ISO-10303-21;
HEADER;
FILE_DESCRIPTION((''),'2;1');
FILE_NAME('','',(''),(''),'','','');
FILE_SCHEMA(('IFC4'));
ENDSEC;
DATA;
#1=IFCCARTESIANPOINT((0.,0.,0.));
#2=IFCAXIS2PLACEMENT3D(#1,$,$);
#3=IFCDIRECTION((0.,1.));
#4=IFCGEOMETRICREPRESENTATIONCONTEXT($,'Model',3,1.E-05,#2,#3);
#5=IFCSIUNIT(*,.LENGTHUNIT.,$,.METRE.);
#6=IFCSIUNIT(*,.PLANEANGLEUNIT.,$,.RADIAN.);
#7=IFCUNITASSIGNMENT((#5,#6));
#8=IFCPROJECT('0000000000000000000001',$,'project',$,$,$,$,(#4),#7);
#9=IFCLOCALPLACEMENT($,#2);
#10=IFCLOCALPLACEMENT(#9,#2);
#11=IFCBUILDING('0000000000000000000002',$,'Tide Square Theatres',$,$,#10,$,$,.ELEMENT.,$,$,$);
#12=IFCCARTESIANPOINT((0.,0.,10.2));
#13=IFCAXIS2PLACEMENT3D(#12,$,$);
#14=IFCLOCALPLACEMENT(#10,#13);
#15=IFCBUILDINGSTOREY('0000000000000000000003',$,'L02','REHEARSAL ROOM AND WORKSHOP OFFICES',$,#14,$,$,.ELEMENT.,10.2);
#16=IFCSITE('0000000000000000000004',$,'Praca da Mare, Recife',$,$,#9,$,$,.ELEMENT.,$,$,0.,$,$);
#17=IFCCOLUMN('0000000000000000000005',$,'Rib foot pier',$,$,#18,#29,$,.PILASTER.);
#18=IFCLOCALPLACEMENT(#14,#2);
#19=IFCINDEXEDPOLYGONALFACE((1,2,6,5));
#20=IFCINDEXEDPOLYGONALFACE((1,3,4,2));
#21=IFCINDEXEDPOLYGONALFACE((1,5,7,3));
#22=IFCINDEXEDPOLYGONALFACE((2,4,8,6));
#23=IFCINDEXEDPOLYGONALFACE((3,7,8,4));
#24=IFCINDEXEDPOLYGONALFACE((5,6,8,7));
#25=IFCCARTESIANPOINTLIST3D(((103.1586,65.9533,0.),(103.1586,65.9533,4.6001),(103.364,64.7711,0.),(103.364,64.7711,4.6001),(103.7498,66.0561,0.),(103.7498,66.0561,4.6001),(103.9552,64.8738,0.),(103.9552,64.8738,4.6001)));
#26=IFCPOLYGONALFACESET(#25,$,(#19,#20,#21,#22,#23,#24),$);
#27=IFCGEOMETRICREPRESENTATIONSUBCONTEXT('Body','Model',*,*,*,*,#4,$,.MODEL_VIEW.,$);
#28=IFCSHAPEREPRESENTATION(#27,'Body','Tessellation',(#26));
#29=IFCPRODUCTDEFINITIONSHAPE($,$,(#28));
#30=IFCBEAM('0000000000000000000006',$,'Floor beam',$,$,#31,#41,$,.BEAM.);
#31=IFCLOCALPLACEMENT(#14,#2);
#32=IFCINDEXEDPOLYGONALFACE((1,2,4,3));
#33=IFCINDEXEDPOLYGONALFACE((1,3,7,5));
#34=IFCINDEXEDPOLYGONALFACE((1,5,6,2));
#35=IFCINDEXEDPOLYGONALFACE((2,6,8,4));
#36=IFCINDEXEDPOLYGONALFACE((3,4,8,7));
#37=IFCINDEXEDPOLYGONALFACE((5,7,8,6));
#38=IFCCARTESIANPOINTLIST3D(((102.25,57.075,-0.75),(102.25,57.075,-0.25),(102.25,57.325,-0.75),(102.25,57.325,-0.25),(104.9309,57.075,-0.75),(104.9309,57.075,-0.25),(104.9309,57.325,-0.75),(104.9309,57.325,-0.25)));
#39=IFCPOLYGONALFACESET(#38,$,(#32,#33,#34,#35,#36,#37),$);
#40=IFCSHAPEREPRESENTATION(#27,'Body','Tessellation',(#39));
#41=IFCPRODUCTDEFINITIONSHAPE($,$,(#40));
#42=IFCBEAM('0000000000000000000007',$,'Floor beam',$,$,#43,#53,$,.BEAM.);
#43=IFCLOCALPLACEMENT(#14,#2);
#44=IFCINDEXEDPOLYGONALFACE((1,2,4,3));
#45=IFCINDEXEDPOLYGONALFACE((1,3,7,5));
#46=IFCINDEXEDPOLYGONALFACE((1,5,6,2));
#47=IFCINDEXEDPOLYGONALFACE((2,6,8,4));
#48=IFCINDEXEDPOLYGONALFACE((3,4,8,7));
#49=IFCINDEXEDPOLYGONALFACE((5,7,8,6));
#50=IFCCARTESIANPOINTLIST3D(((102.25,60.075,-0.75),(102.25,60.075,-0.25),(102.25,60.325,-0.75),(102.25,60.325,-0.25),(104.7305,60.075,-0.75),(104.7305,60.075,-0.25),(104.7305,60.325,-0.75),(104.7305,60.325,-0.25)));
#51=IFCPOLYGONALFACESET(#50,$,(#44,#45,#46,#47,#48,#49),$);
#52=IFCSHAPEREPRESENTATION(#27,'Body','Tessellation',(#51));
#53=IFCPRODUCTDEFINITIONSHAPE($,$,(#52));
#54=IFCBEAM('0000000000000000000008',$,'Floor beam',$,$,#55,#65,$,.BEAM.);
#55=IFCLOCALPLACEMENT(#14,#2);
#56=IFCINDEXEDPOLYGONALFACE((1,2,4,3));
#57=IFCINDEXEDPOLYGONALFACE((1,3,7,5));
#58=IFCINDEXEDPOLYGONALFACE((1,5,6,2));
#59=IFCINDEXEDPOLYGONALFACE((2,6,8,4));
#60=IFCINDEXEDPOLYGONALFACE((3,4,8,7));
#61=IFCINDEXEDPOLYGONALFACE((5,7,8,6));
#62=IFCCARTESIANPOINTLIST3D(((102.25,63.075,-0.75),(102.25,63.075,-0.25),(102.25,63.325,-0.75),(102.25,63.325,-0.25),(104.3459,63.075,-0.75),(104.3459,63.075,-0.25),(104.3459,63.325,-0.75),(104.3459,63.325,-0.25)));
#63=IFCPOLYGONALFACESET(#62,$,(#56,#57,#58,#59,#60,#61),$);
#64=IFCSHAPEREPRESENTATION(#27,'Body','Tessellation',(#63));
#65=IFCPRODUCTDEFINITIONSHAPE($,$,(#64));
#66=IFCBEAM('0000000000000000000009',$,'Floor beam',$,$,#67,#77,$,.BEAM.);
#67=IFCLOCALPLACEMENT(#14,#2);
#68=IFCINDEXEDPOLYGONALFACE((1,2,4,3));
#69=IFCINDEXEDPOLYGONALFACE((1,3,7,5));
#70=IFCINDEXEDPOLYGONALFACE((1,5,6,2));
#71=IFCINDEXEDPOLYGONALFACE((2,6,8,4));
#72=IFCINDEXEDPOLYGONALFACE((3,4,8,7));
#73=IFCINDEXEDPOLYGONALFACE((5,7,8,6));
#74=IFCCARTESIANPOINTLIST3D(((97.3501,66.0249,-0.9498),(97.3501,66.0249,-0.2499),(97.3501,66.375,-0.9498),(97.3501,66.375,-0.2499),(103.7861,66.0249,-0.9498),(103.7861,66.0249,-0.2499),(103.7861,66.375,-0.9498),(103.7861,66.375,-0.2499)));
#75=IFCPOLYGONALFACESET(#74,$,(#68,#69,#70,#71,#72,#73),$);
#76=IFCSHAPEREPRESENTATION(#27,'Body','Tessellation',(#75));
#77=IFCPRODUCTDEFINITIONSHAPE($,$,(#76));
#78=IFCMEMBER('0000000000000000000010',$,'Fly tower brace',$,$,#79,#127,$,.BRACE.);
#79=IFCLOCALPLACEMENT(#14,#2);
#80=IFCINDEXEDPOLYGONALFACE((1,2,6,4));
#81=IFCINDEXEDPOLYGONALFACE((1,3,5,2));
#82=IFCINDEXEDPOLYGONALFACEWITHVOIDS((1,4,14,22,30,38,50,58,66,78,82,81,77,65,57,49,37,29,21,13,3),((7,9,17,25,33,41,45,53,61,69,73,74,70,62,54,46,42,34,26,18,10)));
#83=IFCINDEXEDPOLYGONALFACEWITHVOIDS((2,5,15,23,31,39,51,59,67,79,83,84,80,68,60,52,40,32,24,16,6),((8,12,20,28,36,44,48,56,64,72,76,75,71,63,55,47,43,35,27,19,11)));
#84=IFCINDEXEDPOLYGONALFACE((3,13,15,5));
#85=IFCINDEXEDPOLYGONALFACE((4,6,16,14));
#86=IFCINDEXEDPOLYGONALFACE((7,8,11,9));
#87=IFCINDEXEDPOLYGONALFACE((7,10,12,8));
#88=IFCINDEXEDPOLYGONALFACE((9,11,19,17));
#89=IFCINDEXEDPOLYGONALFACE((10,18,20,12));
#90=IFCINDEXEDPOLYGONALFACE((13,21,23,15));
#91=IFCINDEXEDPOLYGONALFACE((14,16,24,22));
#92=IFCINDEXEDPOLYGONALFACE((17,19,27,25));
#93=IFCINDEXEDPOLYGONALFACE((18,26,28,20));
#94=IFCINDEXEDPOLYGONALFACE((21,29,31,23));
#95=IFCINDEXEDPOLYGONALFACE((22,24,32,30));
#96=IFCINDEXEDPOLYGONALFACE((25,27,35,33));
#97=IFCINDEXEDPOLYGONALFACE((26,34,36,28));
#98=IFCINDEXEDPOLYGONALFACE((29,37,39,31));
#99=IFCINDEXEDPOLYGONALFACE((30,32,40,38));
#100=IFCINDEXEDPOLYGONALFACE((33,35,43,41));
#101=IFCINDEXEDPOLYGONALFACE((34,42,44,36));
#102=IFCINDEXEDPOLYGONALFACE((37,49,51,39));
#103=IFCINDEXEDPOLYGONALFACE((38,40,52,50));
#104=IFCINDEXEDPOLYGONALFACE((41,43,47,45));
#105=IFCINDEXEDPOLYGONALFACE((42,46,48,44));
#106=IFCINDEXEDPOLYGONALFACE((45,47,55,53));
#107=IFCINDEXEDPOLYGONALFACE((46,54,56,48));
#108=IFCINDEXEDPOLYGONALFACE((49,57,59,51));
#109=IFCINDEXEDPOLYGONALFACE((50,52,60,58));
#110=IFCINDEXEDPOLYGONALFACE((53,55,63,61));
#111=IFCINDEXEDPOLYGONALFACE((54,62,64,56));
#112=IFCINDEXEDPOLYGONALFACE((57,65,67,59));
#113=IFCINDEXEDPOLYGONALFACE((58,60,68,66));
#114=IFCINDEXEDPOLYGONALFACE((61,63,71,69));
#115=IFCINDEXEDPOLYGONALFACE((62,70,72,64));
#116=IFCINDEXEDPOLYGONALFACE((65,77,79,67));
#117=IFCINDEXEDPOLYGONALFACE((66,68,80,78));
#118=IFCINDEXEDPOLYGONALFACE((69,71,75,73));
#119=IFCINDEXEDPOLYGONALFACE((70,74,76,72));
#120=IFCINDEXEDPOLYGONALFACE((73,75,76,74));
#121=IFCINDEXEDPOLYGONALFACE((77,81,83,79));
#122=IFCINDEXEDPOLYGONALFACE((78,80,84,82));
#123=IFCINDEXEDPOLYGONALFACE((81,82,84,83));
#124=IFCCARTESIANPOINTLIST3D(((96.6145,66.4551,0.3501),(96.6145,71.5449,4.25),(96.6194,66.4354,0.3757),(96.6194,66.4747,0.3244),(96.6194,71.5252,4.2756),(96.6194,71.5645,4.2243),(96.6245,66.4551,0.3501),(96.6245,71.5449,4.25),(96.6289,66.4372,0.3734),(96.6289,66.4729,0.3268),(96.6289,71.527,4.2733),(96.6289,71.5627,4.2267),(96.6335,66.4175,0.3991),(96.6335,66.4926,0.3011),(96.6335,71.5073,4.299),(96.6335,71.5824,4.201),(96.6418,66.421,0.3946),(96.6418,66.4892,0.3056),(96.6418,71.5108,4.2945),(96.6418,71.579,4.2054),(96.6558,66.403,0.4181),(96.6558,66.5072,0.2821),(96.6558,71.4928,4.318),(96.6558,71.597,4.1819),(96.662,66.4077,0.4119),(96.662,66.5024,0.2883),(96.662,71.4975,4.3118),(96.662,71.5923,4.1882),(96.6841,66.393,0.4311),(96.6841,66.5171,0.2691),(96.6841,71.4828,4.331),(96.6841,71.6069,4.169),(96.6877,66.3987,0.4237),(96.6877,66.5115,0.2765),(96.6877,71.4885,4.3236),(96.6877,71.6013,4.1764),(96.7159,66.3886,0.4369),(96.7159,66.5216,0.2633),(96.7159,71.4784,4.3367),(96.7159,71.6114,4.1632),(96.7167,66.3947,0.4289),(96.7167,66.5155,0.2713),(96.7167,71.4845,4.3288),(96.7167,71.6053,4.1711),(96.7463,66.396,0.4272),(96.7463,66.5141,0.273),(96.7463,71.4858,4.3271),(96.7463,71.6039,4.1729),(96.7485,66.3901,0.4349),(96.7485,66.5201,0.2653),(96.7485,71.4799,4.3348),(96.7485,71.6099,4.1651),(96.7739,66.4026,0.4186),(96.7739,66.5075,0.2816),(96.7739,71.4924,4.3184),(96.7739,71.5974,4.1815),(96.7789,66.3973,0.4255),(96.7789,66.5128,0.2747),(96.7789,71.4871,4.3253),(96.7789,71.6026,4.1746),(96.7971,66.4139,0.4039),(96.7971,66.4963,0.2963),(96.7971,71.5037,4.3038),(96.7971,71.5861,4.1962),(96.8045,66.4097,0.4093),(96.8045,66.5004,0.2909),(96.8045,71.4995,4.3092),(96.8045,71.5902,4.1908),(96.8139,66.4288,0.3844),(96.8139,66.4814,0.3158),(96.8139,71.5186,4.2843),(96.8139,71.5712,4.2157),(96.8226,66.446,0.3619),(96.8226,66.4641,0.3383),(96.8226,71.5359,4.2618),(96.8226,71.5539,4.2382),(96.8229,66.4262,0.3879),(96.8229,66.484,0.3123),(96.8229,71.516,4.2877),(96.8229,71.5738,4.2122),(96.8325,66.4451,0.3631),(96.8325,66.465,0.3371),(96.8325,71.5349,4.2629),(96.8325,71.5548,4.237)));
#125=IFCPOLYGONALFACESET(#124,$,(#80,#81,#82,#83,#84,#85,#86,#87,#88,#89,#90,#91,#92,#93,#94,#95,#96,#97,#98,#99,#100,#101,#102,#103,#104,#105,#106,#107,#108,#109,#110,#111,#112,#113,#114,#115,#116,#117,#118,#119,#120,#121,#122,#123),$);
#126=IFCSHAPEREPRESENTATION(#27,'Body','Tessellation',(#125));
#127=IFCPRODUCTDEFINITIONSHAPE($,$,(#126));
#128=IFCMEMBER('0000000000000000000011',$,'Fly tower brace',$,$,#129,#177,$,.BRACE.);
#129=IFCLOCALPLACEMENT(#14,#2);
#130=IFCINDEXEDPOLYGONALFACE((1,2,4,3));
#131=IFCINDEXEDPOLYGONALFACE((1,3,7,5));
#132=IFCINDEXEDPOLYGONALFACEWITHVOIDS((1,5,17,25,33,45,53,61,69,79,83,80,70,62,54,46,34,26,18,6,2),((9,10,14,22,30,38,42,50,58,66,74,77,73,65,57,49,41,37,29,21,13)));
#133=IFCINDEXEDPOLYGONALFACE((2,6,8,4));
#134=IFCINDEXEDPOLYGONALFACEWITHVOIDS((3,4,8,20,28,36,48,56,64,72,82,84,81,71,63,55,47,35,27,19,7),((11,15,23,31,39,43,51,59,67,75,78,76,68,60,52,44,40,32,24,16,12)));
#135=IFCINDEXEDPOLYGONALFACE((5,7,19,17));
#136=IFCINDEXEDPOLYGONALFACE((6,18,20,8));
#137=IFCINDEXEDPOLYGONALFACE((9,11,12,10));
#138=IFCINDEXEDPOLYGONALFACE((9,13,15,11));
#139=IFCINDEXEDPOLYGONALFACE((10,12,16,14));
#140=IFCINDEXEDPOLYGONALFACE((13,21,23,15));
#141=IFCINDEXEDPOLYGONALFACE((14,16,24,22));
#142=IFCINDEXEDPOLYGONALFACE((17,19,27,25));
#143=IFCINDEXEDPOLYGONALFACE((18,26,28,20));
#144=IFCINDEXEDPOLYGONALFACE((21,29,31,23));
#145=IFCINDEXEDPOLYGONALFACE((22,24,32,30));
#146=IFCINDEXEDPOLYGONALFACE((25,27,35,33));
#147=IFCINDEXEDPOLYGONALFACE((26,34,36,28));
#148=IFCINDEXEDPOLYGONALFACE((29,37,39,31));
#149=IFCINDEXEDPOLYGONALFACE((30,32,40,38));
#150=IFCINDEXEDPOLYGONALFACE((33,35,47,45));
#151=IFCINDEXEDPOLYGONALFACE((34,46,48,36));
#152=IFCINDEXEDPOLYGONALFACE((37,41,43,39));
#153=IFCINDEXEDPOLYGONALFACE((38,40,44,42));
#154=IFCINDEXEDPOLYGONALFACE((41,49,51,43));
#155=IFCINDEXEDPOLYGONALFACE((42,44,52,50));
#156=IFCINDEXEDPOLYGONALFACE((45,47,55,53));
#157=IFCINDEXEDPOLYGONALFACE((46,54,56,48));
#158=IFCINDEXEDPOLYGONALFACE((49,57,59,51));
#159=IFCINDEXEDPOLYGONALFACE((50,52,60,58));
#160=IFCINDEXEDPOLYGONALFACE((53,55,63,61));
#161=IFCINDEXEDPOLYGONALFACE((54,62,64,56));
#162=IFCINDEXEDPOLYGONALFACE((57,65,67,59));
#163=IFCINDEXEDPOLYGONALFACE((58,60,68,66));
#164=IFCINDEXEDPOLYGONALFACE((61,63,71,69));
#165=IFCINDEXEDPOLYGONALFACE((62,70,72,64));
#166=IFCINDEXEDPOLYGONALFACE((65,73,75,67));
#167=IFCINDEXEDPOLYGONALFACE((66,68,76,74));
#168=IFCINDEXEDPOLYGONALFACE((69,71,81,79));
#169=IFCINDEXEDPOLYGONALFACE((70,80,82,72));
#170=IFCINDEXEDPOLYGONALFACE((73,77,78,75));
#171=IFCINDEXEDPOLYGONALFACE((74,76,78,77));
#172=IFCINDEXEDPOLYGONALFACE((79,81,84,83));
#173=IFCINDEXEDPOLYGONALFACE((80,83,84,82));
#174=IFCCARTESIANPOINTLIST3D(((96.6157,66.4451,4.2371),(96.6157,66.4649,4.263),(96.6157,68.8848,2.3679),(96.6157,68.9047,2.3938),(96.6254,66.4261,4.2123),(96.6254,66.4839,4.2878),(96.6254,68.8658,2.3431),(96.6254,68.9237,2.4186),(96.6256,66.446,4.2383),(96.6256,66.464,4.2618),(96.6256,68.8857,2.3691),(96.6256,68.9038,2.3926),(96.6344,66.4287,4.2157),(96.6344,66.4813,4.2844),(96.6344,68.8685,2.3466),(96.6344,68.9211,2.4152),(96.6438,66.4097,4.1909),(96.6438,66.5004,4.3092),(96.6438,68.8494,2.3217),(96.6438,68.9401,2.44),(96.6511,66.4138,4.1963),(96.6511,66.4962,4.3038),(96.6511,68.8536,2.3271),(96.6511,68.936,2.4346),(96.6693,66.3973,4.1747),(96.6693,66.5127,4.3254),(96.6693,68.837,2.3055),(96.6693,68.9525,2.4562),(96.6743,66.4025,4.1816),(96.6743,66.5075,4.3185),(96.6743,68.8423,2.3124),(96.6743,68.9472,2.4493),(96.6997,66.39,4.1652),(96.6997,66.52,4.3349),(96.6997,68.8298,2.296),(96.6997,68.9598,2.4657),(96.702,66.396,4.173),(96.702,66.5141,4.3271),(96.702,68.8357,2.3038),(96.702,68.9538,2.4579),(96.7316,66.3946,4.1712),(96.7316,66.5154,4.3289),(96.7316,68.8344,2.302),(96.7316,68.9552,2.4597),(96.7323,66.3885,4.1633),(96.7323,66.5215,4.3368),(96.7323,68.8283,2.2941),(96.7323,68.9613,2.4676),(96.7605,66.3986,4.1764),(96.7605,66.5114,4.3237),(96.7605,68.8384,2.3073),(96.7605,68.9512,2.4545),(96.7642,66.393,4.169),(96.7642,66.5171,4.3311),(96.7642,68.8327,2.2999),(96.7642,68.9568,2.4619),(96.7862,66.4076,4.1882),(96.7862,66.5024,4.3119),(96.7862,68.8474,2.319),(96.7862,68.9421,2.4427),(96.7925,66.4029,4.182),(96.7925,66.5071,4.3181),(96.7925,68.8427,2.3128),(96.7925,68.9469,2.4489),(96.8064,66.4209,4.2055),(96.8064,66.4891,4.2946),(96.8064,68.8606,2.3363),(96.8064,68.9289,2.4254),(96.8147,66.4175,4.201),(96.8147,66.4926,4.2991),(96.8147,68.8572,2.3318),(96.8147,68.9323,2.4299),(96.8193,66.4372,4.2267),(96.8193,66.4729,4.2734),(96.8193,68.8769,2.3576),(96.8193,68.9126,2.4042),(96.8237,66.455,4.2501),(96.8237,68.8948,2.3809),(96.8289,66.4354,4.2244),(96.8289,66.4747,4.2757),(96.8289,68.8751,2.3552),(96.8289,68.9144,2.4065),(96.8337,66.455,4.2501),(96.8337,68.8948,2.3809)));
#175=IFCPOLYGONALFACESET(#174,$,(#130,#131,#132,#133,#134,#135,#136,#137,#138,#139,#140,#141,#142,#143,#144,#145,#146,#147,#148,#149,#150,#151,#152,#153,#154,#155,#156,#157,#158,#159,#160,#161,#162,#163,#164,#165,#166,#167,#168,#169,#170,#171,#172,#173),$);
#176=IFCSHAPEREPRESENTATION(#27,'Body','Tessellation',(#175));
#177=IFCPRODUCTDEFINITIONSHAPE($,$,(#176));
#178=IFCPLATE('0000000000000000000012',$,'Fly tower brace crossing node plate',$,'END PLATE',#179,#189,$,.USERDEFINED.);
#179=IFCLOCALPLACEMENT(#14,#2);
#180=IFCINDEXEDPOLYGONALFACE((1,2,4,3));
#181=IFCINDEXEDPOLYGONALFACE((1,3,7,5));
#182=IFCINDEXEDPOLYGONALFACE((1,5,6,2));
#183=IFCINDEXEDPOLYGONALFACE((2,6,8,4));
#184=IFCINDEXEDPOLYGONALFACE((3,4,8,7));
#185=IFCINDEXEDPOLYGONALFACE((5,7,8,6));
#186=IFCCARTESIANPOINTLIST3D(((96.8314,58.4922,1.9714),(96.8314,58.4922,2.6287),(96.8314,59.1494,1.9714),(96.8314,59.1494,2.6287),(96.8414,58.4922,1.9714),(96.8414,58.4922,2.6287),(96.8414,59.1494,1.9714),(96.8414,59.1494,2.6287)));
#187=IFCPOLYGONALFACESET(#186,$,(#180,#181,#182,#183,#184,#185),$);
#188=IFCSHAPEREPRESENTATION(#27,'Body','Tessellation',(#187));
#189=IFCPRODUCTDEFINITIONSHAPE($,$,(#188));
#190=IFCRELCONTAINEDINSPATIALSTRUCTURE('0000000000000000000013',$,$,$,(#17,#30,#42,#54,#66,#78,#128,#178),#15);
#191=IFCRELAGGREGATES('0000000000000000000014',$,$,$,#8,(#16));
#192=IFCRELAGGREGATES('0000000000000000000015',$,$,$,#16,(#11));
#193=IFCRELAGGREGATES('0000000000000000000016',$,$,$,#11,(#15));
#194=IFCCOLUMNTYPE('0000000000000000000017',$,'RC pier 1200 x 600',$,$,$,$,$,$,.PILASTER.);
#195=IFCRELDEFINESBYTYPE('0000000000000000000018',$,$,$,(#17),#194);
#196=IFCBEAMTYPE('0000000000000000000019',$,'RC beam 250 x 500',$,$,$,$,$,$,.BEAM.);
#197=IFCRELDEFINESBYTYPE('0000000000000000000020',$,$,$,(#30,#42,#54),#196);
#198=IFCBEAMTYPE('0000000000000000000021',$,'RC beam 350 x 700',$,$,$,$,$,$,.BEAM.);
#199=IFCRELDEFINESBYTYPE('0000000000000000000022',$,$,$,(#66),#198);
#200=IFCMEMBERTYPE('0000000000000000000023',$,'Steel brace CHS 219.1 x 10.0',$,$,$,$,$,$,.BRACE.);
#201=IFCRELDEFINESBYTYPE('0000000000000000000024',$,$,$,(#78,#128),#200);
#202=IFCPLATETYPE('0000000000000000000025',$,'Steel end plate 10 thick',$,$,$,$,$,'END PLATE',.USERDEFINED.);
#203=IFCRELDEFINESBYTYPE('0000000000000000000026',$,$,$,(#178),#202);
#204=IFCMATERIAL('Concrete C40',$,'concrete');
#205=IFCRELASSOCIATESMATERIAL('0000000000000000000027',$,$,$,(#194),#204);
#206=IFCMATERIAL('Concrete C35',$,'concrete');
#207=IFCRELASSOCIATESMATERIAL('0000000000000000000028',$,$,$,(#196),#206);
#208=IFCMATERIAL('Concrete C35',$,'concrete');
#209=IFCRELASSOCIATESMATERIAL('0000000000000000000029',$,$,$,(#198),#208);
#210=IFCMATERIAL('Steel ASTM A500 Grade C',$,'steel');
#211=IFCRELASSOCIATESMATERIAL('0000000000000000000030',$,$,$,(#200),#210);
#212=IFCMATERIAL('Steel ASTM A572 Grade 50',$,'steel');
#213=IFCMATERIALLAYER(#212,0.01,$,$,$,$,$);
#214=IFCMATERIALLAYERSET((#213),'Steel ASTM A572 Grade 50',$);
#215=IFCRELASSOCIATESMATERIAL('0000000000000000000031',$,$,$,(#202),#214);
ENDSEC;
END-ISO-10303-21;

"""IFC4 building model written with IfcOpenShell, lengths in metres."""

from ifc_helpers import new_model, si_unit, direction, frame, origin, origin_2d, place, context, subcontext, project, spatial, rectangle, hollow_circle, extrude, material, layer, layer_set, material_profile, profile_set, type_object, element, save


model = new_model("IFC4")

# Units and contexts
model_context = context("Model", 3, precision=1e-05, world=origin(), true_north=direction((0.0, 1.0)))
body_context = subcontext(model_context, "Body", "Model", "MODEL_VIEW")
ifc_project = project(units=[si_unit("LENGTHUNIT", "METRE"), si_unit("PLANEANGLEUNIT", "RADIAN")], contexts=[model_context])

# Site, building, storey
site_placement = place(None, origin())
site = spatial("IfcSite", under=ifc_project, at=site_placement, Name="Praca da Mare, Recife", CompositionType="ELEMENT", RefElevation=0.0)
building_placement = place(site_placement, origin())
building = spatial("IfcBuilding", under=site, at=building_placement, Name="Tide Square Theatres", CompositionType="ELEMENT")
storey_placement = place(building_placement, frame((0.0, 0.0, 10.2)))
storey = spatial("IfcBuildingStorey", under=building, at=storey_placement, Name="L02", Description="REHEARSAL ROOM AND WORKSHOP OFFICES", CompositionType="ELEMENT", Elevation=10.2)

# Column
ifc_material_1 = material(Name="Concrete C40", Category="concrete")
ifc_material_profile_1 = material_profile(ifc_material_1, rectangle(XDim=1.2, YDim=0.6001, at=origin_2d()))
ifc_profile_set_1 = profile_set([ifc_material_profile_1], Name="Concrete C40")
column_type = type_object("IfcColumnType", Name="RC pier 1200 x 600", PredefinedType="PILASTER", material=ifc_profile_set_1)
column_placement = place(storey_placement, frame((103.5569, 65.4136, 0.0), z_axis=(0.0, 0.0, 1.0), x_axis=(-0.171173, 0.985241, 0.0)))
element("IfcColumn", 1, at=column_placement, inside=storey, type_object=column_type, Name="Rib foot pier", PredefinedType="PILASTER", context=body_context, shape_type="SweptSolid", body=[
    extrude(rectangle(XDim=1.2, YDim=0.6001, at=origin_2d()), origin(), (0.0, 0.0, 1.0), 4.6001),
])

# Beams
ifc_material_2 = material(Name="Concrete C35", Category="concrete")
ifc_material_profile_2 = material_profile(ifc_material_2, rectangle(XDim=0.25, YDim=0.5, at=origin_2d()))
ifc_profile_set_2 = profile_set([ifc_material_profile_2], Name="Concrete C35")
beam_type_1 = type_object("IfcBeamType", Name="RC beam 250 x 500", PredefinedType="BEAM", material=ifc_profile_set_2)
beam_1_placement = place(storey_placement, frame((102.25, 57.2, -0.5), z_axis=(1.0, 0.0, 0.0), x_axis=(0.0, 1.0, 0.0)))
element("IfcBeam", 2, at=beam_1_placement, inside=storey, type_object=beam_type_1, Name="Floor beam", PredefinedType="BEAM", context=body_context, shape_type="SweptSolid", body=[
    extrude(rectangle(XDim=0.25, YDim=0.5, at=origin_2d()), origin(), (0.0, 0.0, 1.0), 2.6809),
])
beam_2_placement = place(storey_placement, frame((102.25, 60.2, -0.5), z_axis=(1.0, 0.0, 0.0), x_axis=(0.0, 1.0, 0.0)))
element("IfcBeam", 3, at=beam_2_placement, inside=storey, type_object=beam_type_1, Name="Floor beam", PredefinedType="BEAM", context=body_context, shape_type="SweptSolid", body=[
    extrude(rectangle(XDim=0.25, YDim=0.5, at=origin_2d()), origin(), (0.0, 0.0, 1.0), 2.4805),
])
beam_3_placement = place(storey_placement, frame((102.25, 63.2, -0.5), z_axis=(1.0, 0.0, 0.0), x_axis=(0.0, 1.0, 0.0)))
element("IfcBeam", 4, at=beam_3_placement, inside=storey, type_object=beam_type_1, Name="Floor beam", PredefinedType="BEAM", context=body_context, shape_type="SweptSolid", body=[
    extrude(rectangle(XDim=0.25, YDim=0.5, at=origin_2d()), origin(), (0.0, 0.0, 1.0), 2.0959),
])
ifc_material_3 = material(Name="Concrete C35", Category="concrete")
ifc_material_profile_3 = material_profile(ifc_material_3, rectangle(XDim=0.3501, YDim=0.7, at=origin_2d()))
ifc_profile_set_3 = profile_set([ifc_material_profile_3], Name="Concrete C35")
beam_type_2 = type_object("IfcBeamType", Name="RC beam 350 x 700", PredefinedType="BEAM", material=ifc_profile_set_3)
beam_4_placement = place(storey_placement, frame((97.3501, 66.2, -0.5999), z_axis=(1.0, 0.0, 0.0), x_axis=(0.0, 1.0, 0.0)))
element("IfcBeam", 5, at=beam_4_placement, inside=storey, type_object=beam_type_2, Name="Floor beam", PredefinedType="BEAM", context=body_context, shape_type="SweptSolid", body=[
    extrude(rectangle(XDim=0.3501, YDim=0.7, at=origin_2d()), origin(), (0.0, 0.0, 1.0), 6.436),
])

# Members
ifc_material_4 = material(Name="Steel ASTM A500 Grade C", Category="steel")
ifc_material_profile_4 = material_profile(ifc_material_4, hollow_circle(Radius=0.1096, WallThickness=0.01, at=origin_2d()))
ifc_profile_set_4 = profile_set([ifc_material_profile_4], Name="Steel ASTM A500 Grade C")
member_type = type_object("IfcMemberType", Name="Steel brace CHS 219.1 x 10.0", PredefinedType="BRACE", material=ifc_profile_set_4)
member_1_placement = place(storey_placement, frame((96.7241, 66.4551, 0.3501), z_axis=(0.0, 0.79378, 0.608205), x_axis=(-1.0, 0.0, 0.0)))
element("IfcMember", 6, at=member_1_placement, inside=storey, type_object=member_type, Name="Fly tower brace", PredefinedType="BRACE", context=body_context, shape_type="SweptSolid", body=[
    extrude(hollow_circle(Radius=0.1096, WallThickness=0.01, at=origin_2d()), origin(), (0.0, 0.0, 1.0), 6.4121),
])
member_2_placement = place(storey_placement, frame((96.7241, 68.8948, 2.3809), z_axis=(0.0, -0.79381, 0.608166), x_axis=(1.0, 0.0, 0.0)))
element("IfcMember", 7, at=member_2_placement, inside=storey, type_object=member_type, Name="Fly tower brace", PredefinedType="BRACE", context=body_context, shape_type="SweptSolid", body=[
    extrude(hollow_circle(Radius=0.1096, WallThickness=0.01, at=origin_2d()), origin(), (0.0, 0.0, 1.0), 3.0735),
])

# Plate
ifc_material_5 = material(Name="Steel ASTM A572 Grade 50", Category="steel")
ifc_layer_1 = layer(ifc_material_5, 0.01)
ifc_layer_set_1 = layer_set([ifc_layer_1], Name="Steel ASTM A572 Grade 50")
plate_type = type_object("IfcPlateType", Name="Steel end plate 10 thick", ElementType="END PLATE", PredefinedType="USERDEFINED", material=ifc_layer_set_1)
for number, where, z_axis, x_axis, name in (
    (8, (96.8364, 58.8208, 1.9714), (0.0, 0.0, 1.0), (1.0, 0.0, 0.0), "Fly tower brace crossing node plate"),
):
    element("IfcPlate", number, at=place(storey_placement, frame(where, z_axis=z_axis, x_axis=x_axis)), inside=storey, type_object=plate_type, Name=name, ObjectType="END PLATE", PredefinedType="USERDEFINED", context=body_context, shape_type="SweptSolid", body=[
        extrude(rectangle(XDim=0.01, YDim=0.6572, at=origin_2d()), origin(), (0.0, 0.0, 1.0), 0.6572),
    ])

save(model, "model.ifc")
